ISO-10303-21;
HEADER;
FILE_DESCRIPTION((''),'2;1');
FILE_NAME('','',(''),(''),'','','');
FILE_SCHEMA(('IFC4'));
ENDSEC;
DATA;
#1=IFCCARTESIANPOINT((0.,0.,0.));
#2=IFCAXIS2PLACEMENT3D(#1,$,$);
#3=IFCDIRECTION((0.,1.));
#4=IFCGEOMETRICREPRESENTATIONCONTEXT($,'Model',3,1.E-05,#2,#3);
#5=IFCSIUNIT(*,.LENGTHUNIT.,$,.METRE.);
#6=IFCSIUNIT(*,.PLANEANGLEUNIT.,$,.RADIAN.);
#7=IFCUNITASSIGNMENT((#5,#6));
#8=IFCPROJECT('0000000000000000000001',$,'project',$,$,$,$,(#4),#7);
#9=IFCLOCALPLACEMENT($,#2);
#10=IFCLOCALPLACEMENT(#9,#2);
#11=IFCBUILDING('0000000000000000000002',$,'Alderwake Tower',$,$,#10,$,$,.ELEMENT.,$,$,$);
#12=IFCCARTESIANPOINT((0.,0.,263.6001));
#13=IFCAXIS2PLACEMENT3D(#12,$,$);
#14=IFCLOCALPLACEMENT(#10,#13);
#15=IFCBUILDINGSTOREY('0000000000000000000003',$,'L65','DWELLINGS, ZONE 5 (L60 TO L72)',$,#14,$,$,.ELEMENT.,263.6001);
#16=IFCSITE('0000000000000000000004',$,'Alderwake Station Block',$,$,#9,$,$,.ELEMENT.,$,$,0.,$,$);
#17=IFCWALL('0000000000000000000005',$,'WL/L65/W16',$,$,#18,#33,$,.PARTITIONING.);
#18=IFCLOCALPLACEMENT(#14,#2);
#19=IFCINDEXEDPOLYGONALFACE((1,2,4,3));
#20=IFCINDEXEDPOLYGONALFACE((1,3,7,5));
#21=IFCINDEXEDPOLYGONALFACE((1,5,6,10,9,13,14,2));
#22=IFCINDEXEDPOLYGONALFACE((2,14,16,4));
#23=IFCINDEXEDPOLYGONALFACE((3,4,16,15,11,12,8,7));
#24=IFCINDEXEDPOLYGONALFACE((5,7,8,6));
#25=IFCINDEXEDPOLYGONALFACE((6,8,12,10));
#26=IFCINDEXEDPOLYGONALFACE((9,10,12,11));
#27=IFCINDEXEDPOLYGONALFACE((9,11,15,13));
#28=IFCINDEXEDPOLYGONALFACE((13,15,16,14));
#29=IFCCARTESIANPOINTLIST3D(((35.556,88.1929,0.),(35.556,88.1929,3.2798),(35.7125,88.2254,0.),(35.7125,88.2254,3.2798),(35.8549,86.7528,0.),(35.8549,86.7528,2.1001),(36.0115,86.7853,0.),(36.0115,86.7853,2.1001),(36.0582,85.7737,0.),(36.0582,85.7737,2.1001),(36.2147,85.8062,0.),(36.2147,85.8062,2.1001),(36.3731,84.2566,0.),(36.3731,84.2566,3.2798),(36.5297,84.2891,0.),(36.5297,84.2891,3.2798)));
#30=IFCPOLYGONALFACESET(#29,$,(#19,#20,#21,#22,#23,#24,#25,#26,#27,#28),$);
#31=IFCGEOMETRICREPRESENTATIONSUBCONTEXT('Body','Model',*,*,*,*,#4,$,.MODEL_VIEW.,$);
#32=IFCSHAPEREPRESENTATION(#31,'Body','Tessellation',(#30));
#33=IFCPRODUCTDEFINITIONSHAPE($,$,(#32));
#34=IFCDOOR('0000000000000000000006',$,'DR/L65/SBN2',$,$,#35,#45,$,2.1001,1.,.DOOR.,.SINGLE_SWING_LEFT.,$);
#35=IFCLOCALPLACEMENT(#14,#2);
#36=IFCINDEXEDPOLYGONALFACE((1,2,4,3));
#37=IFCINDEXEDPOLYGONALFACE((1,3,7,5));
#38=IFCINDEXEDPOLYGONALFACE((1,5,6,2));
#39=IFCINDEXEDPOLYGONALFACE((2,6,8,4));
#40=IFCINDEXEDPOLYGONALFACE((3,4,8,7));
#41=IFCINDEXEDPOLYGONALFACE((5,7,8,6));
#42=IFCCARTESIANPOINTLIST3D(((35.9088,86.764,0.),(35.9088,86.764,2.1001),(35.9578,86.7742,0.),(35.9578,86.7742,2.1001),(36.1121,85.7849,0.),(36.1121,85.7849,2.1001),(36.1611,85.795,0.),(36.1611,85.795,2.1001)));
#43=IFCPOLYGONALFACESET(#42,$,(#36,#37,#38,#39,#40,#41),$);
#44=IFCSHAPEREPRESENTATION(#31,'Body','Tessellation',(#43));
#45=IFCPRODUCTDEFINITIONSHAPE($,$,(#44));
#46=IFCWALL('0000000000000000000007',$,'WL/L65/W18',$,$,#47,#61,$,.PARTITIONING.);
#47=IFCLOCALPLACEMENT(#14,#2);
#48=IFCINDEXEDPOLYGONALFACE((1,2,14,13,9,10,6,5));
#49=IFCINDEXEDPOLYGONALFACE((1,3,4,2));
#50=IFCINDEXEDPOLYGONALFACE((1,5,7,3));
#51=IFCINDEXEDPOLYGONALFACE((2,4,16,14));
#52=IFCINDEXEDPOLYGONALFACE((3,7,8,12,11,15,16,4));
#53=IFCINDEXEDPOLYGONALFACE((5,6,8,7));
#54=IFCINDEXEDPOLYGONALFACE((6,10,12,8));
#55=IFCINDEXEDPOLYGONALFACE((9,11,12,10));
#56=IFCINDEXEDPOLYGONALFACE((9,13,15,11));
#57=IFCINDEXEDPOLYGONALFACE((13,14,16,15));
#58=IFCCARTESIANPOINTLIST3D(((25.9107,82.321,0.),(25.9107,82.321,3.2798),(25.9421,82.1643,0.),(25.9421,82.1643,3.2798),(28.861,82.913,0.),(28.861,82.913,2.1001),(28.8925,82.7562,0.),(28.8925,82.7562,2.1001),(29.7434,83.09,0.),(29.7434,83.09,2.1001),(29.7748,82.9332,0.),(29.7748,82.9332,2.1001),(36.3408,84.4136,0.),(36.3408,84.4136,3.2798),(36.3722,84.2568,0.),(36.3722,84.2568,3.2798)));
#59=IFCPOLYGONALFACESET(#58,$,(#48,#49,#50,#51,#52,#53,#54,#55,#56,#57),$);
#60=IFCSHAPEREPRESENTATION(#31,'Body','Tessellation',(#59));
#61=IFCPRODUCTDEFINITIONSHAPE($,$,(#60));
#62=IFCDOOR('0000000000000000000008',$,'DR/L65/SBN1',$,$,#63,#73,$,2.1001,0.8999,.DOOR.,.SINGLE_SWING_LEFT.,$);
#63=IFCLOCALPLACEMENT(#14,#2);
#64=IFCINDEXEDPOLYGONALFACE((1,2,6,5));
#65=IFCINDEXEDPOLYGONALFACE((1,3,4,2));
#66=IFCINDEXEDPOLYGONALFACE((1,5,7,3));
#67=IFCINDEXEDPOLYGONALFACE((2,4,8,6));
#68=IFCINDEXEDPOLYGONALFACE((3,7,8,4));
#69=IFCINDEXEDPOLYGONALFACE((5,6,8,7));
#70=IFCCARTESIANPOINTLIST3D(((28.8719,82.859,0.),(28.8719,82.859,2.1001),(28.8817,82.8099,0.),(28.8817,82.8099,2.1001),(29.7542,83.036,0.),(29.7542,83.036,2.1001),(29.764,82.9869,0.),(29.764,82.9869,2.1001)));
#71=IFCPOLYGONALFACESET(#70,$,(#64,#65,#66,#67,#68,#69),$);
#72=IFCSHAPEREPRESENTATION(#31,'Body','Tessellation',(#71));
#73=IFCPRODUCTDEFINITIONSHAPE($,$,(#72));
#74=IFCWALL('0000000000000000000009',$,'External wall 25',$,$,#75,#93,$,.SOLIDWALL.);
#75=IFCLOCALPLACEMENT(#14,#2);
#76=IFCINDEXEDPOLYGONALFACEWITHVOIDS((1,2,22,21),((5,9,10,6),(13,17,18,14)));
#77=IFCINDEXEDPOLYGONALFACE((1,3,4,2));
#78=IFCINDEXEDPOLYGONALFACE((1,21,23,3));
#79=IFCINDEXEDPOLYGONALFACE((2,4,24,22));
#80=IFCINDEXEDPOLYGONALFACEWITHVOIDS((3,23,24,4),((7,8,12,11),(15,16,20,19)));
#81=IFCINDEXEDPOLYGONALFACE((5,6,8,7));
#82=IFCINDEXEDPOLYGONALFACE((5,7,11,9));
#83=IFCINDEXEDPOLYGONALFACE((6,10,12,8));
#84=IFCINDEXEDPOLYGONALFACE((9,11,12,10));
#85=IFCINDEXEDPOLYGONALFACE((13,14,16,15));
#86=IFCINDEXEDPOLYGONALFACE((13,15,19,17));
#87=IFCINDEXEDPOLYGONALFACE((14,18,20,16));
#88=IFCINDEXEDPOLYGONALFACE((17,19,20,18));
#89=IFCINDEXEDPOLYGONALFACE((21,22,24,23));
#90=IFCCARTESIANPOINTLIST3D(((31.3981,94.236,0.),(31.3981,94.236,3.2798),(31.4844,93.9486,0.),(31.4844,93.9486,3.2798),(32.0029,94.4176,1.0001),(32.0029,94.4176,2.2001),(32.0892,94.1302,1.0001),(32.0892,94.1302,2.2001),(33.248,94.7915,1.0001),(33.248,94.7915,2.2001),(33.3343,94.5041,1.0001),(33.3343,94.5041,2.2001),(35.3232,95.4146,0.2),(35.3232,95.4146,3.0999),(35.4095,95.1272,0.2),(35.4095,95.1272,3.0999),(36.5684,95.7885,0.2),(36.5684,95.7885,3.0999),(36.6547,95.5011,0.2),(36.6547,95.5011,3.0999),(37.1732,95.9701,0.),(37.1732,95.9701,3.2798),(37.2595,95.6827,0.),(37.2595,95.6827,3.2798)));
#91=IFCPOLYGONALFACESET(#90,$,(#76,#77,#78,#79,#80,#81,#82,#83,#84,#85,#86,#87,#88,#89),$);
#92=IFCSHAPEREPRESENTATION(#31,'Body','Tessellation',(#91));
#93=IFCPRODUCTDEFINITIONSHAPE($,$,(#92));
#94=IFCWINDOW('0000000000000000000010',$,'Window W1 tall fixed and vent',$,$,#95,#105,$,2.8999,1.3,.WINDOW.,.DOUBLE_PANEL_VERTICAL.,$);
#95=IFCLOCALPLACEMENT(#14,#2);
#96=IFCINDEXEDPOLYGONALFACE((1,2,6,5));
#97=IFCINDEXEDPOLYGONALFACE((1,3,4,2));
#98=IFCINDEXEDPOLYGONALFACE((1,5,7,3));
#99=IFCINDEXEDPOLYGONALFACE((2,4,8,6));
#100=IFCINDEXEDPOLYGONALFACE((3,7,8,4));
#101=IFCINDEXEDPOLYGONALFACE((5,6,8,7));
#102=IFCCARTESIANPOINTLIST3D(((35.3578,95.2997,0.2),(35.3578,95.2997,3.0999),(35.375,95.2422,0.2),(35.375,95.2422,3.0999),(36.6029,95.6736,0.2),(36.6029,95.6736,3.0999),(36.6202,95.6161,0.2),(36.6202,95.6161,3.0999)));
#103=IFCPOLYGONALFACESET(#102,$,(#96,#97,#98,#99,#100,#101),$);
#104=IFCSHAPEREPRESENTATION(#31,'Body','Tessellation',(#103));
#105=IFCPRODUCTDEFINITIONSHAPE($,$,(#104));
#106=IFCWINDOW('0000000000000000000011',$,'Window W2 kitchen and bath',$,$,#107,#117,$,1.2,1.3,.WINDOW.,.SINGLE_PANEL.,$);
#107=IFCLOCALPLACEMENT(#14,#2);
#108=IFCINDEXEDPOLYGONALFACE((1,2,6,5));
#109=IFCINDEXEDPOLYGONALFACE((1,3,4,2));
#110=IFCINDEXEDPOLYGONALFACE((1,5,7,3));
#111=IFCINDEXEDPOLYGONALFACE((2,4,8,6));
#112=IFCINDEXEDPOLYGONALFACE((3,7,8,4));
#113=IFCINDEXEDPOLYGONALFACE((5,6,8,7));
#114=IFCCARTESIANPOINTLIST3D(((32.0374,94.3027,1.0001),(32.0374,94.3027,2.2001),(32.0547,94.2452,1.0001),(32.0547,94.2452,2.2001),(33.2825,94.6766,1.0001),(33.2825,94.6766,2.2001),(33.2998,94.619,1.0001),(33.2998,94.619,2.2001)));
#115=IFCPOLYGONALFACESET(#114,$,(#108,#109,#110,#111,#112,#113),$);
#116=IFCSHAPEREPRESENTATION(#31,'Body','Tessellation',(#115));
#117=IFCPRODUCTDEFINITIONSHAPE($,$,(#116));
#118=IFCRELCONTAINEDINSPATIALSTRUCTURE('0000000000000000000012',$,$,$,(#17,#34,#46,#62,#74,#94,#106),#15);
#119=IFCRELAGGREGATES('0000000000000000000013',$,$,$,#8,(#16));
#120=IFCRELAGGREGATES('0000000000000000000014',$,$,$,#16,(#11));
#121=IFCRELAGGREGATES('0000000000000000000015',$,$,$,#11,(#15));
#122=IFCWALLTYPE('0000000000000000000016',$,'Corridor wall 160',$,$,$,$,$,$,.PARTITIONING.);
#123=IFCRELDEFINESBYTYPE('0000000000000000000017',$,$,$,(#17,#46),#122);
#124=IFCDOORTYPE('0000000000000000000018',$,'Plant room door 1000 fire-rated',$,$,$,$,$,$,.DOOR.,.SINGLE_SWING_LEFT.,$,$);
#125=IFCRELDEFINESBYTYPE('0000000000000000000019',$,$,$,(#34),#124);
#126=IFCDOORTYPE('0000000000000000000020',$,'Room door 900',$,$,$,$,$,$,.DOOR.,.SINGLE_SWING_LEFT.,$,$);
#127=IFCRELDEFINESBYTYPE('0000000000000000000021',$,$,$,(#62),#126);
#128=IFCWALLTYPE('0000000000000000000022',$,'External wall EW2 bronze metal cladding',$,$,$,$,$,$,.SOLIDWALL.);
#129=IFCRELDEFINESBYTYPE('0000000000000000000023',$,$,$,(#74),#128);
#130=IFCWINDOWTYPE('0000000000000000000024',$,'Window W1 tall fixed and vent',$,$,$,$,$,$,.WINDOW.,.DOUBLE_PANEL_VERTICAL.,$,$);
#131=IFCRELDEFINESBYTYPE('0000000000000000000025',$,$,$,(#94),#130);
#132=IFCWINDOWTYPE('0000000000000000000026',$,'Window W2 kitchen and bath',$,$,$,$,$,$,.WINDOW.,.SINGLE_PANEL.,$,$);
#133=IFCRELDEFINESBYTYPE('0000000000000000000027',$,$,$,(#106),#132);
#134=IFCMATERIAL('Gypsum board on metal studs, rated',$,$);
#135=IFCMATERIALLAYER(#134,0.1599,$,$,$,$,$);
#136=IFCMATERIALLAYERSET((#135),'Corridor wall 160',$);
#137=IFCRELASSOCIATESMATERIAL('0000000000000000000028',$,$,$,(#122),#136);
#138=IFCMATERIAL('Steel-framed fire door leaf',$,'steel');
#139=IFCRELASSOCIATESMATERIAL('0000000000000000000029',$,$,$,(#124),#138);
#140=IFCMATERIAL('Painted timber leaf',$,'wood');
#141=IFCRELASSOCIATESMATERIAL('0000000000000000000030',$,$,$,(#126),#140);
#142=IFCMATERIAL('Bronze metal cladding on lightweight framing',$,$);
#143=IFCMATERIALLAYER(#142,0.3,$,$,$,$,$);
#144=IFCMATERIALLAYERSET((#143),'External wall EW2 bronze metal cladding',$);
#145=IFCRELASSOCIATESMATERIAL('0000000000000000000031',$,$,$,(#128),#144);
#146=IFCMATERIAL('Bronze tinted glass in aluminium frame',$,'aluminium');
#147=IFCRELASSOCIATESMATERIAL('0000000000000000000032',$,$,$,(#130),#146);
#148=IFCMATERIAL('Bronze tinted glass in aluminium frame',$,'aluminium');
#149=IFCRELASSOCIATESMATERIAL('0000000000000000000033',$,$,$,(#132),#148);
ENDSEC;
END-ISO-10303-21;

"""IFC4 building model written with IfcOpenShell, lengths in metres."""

from ifc_helpers import new_model, si_unit, direction, frame, frame_2d, origin, place, context, subcontext, project, spatial, rectangle, extrude, material, layer, layer_set, type_object, element, fill, save


model = new_model("IFC4")

# Units and contexts
model_context = context("Model", 3, precision=1e-05, world=origin(), true_north=direction((0.0, 1.0)))
body_context = subcontext(model_context, "Body", "Model", "MODEL_VIEW")
ifc_project = project(units=[si_unit("LENGTHUNIT", "METRE"), si_unit("PLANEANGLEUNIT", "RADIAN")], contexts=[model_context])

# Site, building, storey
site_placement = place(None, origin())
site = spatial("IfcSite", under=ifc_project, at=site_placement, Name="Alderwake Station Block", CompositionType="ELEMENT", RefElevation=0.0)
building_placement = place(site_placement, origin())
building = spatial("IfcBuilding", under=site, at=building_placement, Name="Alderwake Tower", CompositionType="ELEMENT")
storey_placement = place(building_placement, frame((0.0, 0.0, 263.6001)))
storey = spatial("IfcBuildingStorey", under=building, at=storey_placement, Name="L65", Description="DWELLINGS, ZONE 5 (L60 TO L72)", CompositionType="ELEMENT", Elevation=263.6001)

# Shared definitions
ifc_material_1 = material(Name="Gypsum board on metal studs, rated")
ifc_layer_1 = layer(ifc_material_1, 0.1599)
ifc_layer_set_1 = layer_set([ifc_layer_1], Name="Corridor wall 160")
wall_type_1 = type_object("IfcWallType", Name="Corridor wall 160", PredefinedType="PARTITIONING", material=ifc_layer_set_1)

# Walls, openings, doors
wall_1_placement = place(storey_placement, frame((36.4514, 84.2727, 0.0), z_axis=(0.0, 0.0, 1.0), x_axis=(-0.203258, 0.979125, 0.0)))
wall_1 = element("IfcWall", 1, at=wall_1_placement, inside=storey, type_object=wall_type_1, Name="WL/L65/W16", PredefinedType="PARTITIONING", context=body_context, shape_type="SweptSolid", body=[
    extrude(rectangle(XDim=4.0203, YDim=0.1599, at=frame_2d((2.0103, 0.0))), origin(), (0.0, 0.0, 1.0), 3.2798),
])
opening_1_placement = place(wall_1_placement, frame((1.5496, 0.0, 0.0)))
opening_1 = element("IfcOpeningElement", 2, at=opening_1_placement, cuts=wall_1, PredefinedType="OPENING", context=body_context, shape_type="SweptSolid", body=[
    extrude(rectangle(XDim=1.0, YDim=2.1001, at=frame_2d((0.5, 1.05))), frame((0.0, 0.0898, 0.0), z_axis=(0.0, -1.0, 0.0), x_axis=(1.0, 0.0, 0.0)), (0.0, 0.0, 1.0), 0.1799),
])
ifc_material_2 = material(Name="Steel-framed fire door leaf", Category="steel")
door_type_1 = type_object("IfcDoorType", Name="Plant room door 1000 fire-rated", OperationType="SINGLE_SWING_LEFT", PredefinedType="DOOR", material=ifc_material_2)
door_1_placement = place(opening_1_placement, origin())
door_1 = element("IfcDoor", 3, at=door_1_placement, inside=storey, type_object=door_type_1, Name="DR/L65/SBN2", OperationType="SINGLE_SWING_LEFT", OverallHeight=2.1001, OverallWidth=1.0, PredefinedType="DOOR", context=body_context, shape_type="SweptSolid", body=[
    extrude(rectangle(XDim=1.0, YDim=2.1001, at=frame_2d((0.5, 1.05))), frame((0.0, 0.0249, 0.0), z_axis=(0.0, -1.0, 0.0), x_axis=(1.0, 0.0, 0.0)), (0.0, 0.0, 1.0), 0.05),
])
fill(opening_1, door_1)
wall_2_placement = place(storey_placement, frame((25.9265, 82.2427, 0.0), z_axis=(0.0, 0.0, 1.0), x_axis=(0.980463, 0.196703, 0.0)))
wall_2 = element("IfcWall", 4, at=wall_2_placement, inside=storey, type_object=wall_type_1, Name="WL/L65/W18", PredefinedType="PARTITIONING", context=body_context, shape_type="SweptSolid", body=[
    extrude(rectangle(XDim=10.6379, YDim=0.1599, at=frame_2d((5.3188, 0.0))), origin(), (0.0, 0.0, 1.0), 3.2798),
])
opening_2_placement = place(wall_2_placement, frame((3.009, 0.0, 0.0)))
opening_2 = element("IfcOpeningElement", 5, at=opening_2_placement, cuts=wall_2, PredefinedType="OPENING", context=body_context, shape_type="SweptSolid", body=[
    extrude(rectangle(XDim=0.8999, YDim=2.1001, at=frame_2d((0.45, 1.05))), frame((0.0, 0.0898, 0.0), z_axis=(0.0, -1.0, 0.0), x_axis=(1.0, 0.0, 0.0)), (0.0, 0.0, 1.0), 0.1799),
])
ifc_material_3 = material(Name="Painted timber leaf", Category="wood")
door_type_2 = type_object("IfcDoorType", Name="Room door 900", OperationType="SINGLE_SWING_LEFT", PredefinedType="DOOR", material=ifc_material_3)
door_2_placement = place(opening_2_placement, origin())
door_2 = element("IfcDoor", 6, at=door_2_placement, inside=storey, type_object=door_type_2, Name="DR/L65/SBN1", OperationType="SINGLE_SWING_LEFT", OverallHeight=2.1001, OverallWidth=0.8999, PredefinedType="DOOR", context=body_context, shape_type="SweptSolid", body=[
    extrude(rectangle(XDim=0.8999, YDim=2.1001, at=frame_2d((0.45, 1.05))), frame((0.0, 0.0249, 0.0), z_axis=(0.0, -1.0, 0.0), x_axis=(1.0, 0.0, 0.0)), (0.0, 0.0, 1.0), 0.05),
])
fill(opening_2, door_2)

# Wall, openings, windows
ifc_material_4 = material(Name="Bronze metal cladding on lightweight framing")
ifc_layer_2 = layer(ifc_material_4, 0.3)
ifc_layer_set_2 = layer_set([ifc_layer_2], Name="External wall EW2 bronze metal cladding")
wall_type_2 = type_object("IfcWallType", Name="External wall EW2 bronze metal cladding", PredefinedType="SOLIDWALL", material=ifc_layer_set_2)
wall_3_placement = place(storey_placement, frame((37.2163, 95.8264, 0.0), z_axis=(0.0, 0.0, 1.0), x_axis=(-0.957754, -0.287589, 0.0)))
wall_3 = element("IfcWall", 7, at=wall_3_placement, inside=storey, type_object=wall_type_2, Name="External wall 25", PredefinedType="SOLIDWALL", context=body_context, shape_type="SweptSolid", body=[
    extrude(rectangle(XDim=6.0298, YDim=0.3, at=frame_2d((3.0149, 0.0))), origin(), (0.0, 0.0, 1.0), 3.2798),
])
opening_3_placement = place(wall_3_placement, frame((0.6316, 0.0, 0.2)))
opening_3 = element("IfcOpeningElement", 8, at=opening_3_placement, cuts=wall_3, PredefinedType="OPENING", context=body_context, shape_type="SweptSolid", body=[
    extrude(rectangle(XDim=1.3, YDim=2.8999, at=frame_2d((0.6499, 1.45))), frame((0.0, 0.1599, 0.0), z_axis=(0.0, -1.0, 0.0), x_axis=(1.0, 0.0, 0.0)), (0.0, 0.0, 1.0), 0.3201),
])
opening_4_placement = place(wall_3_placement, frame((4.0984, 0.0, 1.0)))
opening_4 = element("IfcOpeningElement", 9, at=opening_4_placement, cuts=wall_3, PredefinedType="OPENING", context=body_context, shape_type="SweptSolid", body=[
    extrude(rectangle(XDim=1.3, YDim=1.2, at=frame_2d((0.6499, 0.6001))), frame((0.0, 0.1599, 0.0), z_axis=(0.0, -1.0, 0.0), x_axis=(1.0, 0.0, 0.0)), (0.0, 0.0, 1.0), 0.3201),
])
ifc_material_5 = material(Name="Bronze tinted glass in aluminium frame", Category="aluminium")
window_type_1 = type_object("IfcWindowType", Name="Window W1 tall fixed and vent", PartitioningType="DOUBLE_PANEL_VERTICAL", PredefinedType="WINDOW", material=ifc_material_5)
window_1_placement = place(opening_3_placement, origin())
window_1 = element("IfcWindow", 10, at=window_1_placement, inside=storey, type_object=window_type_1, Name="Window W1 tall fixed and vent", OverallHeight=2.8999, OverallWidth=1.3, PartitioningType="DOUBLE_PANEL_VERTICAL", PredefinedType="WINDOW", context=body_context, shape_type="SweptSolid", body=[
    extrude(rectangle(XDim=1.3, YDim=2.8999, at=frame_2d((0.6499, 1.45))), frame((0.0, 0.03, 0.0), z_axis=(0.0, -1.0, 0.0), x_axis=(1.0, 0.0, 0.0)), (0.0, 0.0, 1.0), 0.0601),
])
fill(opening_3, window_1)
ifc_material_6 = material(Name="Bronze tinted glass in aluminium frame", Category="aluminium")
window_type_2 = type_object("IfcWindowType", Name="Window W2 kitchen and bath", PartitioningType="SINGLE_PANEL", PredefinedType="WINDOW", material=ifc_material_6)
window_2_placement = place(opening_4_placement, origin())
window_2 = element("IfcWindow", 11, at=window_2_placement, inside=storey, type_object=window_type_2, Name="Window W2 kitchen and bath", OverallHeight=1.2, OverallWidth=1.3, PartitioningType="SINGLE_PANEL", PredefinedType="WINDOW", context=body_context, shape_type="SweptSolid", body=[
    extrude(rectangle(XDim=1.3, YDim=1.2, at=frame_2d((0.6499, 0.6001))), frame((0.0, 0.03, 0.0), z_axis=(0.0, -1.0, 0.0), x_axis=(1.0, 0.0, 0.0)), (0.0, 0.0, 1.0), 0.0601),
])
fill(opening_4, window_2)

save(model, "model.ifc")
